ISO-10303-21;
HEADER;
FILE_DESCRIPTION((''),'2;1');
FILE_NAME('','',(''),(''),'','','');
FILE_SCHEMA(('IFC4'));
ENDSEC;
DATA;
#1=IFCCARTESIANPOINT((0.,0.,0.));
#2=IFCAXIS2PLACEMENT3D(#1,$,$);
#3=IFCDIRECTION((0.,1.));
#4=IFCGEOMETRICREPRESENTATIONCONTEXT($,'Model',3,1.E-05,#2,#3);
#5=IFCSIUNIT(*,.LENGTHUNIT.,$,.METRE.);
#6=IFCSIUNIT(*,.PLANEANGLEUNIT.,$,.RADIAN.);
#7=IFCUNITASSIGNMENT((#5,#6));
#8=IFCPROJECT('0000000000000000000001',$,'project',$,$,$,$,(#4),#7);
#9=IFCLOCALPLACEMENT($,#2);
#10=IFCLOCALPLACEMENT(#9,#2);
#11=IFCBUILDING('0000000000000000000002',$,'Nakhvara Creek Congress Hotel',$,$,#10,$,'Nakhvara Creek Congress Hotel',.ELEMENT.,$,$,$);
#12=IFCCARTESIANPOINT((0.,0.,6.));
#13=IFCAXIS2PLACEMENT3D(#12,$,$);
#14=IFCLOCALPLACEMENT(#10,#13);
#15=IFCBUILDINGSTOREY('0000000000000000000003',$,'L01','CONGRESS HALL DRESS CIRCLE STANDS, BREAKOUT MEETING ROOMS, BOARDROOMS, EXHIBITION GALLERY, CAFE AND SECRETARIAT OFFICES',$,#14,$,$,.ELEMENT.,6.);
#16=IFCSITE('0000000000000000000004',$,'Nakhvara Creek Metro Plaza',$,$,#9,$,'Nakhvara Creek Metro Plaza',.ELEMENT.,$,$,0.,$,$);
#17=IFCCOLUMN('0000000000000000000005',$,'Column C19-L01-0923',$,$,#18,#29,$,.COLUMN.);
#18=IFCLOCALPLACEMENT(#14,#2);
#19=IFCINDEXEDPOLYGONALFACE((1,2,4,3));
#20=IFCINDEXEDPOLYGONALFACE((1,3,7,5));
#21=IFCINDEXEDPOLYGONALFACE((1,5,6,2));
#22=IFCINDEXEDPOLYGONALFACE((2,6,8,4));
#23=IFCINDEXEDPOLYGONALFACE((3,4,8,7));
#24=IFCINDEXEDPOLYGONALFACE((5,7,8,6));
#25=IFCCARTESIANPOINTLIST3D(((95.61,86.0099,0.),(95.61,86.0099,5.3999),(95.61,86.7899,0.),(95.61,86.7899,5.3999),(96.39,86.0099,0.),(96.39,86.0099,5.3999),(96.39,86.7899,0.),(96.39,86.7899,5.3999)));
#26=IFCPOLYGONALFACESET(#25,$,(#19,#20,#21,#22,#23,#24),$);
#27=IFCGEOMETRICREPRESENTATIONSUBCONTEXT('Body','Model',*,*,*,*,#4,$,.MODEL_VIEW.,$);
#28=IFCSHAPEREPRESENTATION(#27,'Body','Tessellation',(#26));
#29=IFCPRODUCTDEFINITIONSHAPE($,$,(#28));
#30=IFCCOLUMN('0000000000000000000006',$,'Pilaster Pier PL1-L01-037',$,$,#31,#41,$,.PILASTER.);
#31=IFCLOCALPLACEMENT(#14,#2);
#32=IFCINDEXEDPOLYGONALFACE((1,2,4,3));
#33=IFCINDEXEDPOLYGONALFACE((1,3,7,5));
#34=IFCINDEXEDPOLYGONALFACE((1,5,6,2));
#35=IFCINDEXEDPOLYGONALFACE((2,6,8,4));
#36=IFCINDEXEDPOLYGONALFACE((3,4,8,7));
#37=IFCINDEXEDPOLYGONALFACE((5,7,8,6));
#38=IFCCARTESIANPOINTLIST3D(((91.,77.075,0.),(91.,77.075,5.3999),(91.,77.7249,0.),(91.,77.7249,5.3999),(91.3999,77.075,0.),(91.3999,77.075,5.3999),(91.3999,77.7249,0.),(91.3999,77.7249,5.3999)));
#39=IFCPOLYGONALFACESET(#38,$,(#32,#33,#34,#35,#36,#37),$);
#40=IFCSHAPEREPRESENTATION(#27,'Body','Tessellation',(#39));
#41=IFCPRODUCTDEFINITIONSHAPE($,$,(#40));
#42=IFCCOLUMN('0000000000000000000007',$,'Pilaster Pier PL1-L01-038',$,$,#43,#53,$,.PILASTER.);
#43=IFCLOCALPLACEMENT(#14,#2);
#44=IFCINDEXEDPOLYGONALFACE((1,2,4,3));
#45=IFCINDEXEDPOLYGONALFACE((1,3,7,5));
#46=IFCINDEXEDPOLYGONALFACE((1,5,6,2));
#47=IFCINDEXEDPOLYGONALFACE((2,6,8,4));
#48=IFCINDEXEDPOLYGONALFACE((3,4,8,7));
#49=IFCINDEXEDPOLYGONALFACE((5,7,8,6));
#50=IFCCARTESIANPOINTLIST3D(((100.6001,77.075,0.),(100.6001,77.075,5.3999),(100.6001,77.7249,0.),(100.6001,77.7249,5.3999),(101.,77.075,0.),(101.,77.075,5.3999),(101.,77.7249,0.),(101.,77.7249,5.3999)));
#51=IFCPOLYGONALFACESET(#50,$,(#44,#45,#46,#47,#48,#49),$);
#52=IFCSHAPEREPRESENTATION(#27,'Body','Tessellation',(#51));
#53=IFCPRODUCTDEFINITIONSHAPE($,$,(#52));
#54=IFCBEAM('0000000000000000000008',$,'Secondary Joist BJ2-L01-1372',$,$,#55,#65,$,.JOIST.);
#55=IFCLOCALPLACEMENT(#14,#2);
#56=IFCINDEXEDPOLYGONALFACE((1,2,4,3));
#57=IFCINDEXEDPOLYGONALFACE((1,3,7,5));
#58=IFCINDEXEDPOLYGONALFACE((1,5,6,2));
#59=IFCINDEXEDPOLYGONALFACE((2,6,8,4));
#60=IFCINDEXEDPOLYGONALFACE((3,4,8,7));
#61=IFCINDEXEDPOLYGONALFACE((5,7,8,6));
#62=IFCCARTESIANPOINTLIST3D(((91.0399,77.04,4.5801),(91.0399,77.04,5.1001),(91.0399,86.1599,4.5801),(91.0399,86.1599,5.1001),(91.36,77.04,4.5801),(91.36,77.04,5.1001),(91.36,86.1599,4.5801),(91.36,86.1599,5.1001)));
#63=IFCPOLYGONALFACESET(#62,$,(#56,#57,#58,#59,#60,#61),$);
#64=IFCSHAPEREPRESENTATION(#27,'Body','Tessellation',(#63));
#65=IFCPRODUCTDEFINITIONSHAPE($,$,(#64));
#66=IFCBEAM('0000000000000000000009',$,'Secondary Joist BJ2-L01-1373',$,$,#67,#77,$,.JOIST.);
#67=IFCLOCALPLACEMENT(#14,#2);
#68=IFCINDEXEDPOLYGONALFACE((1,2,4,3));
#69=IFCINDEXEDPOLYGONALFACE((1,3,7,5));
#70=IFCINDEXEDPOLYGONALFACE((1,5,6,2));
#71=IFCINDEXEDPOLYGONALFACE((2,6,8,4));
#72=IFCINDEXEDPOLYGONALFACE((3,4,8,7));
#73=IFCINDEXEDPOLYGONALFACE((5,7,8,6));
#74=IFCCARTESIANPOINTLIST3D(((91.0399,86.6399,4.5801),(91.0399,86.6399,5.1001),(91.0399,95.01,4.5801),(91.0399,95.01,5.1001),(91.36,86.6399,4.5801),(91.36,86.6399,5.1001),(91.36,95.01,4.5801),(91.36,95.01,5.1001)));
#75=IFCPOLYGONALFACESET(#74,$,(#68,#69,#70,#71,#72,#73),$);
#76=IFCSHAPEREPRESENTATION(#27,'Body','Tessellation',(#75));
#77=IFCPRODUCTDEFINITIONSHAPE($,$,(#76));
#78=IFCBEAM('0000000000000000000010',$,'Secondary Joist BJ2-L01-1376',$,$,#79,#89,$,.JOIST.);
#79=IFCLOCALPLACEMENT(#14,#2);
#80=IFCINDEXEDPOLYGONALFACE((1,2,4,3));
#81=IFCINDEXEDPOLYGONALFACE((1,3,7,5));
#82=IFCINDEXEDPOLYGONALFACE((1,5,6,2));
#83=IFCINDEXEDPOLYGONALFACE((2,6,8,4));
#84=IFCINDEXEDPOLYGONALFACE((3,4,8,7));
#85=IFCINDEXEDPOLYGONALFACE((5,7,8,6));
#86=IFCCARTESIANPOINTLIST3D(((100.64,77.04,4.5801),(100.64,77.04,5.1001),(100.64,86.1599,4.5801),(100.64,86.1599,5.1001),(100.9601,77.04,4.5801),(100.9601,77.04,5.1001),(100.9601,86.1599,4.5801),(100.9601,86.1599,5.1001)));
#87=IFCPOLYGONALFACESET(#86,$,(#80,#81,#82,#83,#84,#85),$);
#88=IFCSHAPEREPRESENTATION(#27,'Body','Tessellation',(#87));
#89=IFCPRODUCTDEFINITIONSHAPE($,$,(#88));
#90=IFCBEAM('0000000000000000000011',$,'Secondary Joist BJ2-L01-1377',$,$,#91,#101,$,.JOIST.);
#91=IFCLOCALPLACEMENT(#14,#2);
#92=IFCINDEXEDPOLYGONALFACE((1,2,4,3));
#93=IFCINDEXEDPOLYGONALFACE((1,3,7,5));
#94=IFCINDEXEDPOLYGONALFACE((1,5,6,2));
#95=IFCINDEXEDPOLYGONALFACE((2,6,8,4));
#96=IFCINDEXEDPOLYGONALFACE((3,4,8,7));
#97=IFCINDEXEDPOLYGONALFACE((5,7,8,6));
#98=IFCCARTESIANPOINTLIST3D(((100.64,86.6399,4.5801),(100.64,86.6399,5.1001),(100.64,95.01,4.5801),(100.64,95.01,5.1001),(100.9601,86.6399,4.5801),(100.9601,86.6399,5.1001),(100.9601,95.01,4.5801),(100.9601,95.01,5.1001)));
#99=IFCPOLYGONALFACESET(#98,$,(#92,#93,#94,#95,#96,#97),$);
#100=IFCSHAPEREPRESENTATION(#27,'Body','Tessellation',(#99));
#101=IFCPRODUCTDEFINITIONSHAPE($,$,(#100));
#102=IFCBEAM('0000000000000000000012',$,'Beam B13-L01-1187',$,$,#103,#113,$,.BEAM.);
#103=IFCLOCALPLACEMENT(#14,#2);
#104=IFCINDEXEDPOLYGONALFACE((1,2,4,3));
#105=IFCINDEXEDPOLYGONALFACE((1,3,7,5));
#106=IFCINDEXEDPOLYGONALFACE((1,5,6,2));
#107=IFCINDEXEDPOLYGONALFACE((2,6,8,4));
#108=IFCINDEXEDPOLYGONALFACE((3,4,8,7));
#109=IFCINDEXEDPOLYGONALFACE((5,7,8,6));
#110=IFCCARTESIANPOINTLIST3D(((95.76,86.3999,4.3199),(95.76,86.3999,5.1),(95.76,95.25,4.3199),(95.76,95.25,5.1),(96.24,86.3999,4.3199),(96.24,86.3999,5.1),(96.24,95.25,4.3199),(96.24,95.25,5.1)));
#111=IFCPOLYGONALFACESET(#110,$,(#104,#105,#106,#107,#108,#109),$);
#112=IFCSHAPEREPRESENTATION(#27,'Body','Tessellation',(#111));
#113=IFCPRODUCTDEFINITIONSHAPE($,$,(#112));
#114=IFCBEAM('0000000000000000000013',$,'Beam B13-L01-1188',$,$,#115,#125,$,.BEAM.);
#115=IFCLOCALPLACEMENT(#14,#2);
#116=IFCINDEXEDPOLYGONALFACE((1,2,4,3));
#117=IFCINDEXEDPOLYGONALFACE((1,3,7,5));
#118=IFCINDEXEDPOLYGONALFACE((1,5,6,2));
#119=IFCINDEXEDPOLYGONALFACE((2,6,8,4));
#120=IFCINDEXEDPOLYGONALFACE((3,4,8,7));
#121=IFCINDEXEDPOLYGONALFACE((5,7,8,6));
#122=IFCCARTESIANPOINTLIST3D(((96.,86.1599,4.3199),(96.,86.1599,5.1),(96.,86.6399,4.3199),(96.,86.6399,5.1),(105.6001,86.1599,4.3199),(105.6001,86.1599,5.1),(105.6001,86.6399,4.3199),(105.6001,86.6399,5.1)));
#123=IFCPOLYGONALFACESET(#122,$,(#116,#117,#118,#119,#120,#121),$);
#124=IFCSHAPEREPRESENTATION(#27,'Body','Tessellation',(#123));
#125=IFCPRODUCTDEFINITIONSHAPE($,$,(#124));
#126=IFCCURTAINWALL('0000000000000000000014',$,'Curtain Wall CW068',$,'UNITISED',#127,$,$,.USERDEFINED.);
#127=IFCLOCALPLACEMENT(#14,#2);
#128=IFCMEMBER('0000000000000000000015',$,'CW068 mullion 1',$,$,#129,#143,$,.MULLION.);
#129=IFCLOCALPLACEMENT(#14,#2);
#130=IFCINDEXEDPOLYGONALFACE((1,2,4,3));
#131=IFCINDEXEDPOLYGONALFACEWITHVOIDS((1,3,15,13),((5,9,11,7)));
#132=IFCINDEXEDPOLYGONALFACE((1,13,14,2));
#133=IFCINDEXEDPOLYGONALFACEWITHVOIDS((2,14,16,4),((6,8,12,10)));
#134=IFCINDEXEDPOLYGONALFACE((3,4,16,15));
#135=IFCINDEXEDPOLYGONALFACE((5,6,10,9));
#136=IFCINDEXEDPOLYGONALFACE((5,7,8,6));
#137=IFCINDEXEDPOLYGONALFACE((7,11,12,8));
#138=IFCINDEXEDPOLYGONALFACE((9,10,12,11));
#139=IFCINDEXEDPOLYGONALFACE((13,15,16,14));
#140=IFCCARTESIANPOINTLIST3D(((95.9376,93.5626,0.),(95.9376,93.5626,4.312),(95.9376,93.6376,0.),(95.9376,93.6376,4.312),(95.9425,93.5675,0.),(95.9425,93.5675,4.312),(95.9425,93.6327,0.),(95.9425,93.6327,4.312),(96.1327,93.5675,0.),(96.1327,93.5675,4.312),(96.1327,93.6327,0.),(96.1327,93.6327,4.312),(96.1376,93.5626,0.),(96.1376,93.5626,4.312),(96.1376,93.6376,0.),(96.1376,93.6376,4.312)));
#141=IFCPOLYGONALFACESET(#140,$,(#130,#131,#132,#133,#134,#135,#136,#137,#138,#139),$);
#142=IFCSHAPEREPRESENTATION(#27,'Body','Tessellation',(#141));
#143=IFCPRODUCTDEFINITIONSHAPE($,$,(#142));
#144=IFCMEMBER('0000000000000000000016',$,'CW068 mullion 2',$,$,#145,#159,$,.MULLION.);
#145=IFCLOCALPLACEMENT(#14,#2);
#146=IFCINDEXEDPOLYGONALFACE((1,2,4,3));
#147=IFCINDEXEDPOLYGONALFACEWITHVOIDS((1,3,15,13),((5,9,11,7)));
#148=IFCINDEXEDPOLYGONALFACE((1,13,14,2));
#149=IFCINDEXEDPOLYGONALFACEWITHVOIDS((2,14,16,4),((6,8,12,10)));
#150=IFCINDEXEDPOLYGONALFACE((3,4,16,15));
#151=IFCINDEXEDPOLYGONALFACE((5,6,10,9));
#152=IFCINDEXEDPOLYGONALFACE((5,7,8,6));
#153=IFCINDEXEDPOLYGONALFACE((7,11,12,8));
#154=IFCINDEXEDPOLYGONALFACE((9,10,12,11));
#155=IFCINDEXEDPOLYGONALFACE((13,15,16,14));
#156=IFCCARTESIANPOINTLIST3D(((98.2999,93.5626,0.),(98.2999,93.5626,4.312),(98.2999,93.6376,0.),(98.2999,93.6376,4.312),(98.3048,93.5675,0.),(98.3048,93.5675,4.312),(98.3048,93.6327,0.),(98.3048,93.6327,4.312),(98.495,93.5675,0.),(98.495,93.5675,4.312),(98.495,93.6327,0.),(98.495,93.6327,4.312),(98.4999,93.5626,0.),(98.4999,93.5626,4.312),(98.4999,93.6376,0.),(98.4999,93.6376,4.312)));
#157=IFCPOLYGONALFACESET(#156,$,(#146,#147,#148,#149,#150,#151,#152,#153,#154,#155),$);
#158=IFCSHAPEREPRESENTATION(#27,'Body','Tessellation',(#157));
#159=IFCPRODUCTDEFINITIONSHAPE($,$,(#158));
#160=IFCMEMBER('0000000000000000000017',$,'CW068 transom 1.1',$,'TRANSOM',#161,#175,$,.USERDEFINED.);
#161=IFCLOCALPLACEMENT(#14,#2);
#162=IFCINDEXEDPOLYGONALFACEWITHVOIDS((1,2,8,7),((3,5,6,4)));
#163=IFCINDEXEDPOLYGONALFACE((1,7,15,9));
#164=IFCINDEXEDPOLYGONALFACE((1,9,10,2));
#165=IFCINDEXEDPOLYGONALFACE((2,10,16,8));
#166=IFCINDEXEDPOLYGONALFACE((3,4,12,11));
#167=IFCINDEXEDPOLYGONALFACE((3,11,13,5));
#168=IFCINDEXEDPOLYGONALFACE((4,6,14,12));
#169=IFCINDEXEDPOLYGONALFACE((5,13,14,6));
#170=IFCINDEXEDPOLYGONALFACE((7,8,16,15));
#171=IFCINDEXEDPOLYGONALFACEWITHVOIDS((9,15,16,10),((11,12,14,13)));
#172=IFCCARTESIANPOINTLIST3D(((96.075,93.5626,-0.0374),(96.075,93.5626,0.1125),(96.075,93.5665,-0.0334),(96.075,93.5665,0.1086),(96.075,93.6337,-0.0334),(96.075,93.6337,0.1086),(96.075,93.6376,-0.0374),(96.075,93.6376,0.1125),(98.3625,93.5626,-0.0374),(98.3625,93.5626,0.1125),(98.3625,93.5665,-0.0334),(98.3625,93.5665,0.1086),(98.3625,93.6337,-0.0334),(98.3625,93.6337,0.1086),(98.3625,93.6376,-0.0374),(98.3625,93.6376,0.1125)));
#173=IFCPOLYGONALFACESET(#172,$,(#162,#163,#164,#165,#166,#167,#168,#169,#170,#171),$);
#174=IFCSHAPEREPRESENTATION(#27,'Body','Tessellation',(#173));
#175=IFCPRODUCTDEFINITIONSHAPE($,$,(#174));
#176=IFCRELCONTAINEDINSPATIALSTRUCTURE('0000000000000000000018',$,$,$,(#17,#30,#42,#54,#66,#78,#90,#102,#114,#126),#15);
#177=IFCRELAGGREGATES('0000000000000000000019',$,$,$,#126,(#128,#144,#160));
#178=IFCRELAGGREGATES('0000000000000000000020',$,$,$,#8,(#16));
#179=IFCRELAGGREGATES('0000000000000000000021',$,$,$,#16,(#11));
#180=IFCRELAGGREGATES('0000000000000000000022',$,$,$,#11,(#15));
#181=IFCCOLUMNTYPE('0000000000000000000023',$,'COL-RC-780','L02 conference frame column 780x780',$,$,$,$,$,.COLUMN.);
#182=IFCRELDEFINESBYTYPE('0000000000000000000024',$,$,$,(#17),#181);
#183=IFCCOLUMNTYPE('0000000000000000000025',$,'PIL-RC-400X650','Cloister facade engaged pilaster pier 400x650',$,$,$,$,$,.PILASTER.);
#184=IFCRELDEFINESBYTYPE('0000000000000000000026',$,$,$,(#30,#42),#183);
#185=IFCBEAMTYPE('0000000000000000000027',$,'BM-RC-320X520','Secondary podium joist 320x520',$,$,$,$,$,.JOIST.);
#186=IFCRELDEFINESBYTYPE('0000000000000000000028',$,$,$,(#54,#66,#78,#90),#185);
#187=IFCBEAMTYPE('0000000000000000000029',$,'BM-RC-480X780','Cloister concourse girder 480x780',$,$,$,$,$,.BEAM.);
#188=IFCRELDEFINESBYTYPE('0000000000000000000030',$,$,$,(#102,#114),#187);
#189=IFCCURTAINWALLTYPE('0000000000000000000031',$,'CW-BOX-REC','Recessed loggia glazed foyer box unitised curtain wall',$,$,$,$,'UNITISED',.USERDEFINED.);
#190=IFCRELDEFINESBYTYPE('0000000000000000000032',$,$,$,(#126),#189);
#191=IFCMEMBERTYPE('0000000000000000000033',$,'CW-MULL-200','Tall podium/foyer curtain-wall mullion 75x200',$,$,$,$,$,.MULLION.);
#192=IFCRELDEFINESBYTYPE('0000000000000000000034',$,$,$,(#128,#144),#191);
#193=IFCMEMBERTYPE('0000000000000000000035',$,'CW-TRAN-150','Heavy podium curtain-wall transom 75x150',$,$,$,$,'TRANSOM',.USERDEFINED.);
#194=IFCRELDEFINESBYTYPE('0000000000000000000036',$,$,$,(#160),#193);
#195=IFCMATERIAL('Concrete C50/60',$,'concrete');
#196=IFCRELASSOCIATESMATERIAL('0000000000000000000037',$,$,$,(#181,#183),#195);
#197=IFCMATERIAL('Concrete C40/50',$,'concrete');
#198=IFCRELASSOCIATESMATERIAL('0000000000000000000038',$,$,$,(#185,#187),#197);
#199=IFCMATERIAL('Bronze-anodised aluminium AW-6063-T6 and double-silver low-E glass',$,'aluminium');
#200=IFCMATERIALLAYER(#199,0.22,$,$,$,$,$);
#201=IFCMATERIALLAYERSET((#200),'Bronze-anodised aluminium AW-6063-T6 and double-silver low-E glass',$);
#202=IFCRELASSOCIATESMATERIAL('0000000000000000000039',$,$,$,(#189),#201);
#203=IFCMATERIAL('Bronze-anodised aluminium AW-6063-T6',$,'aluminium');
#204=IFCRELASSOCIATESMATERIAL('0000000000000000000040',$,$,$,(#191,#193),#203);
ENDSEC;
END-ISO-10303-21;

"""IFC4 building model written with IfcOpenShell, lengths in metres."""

from ifc_helpers import new_model, si_unit, direction, frame, origin, origin_2d, place, context, subcontext, project, spatial, rectangle, hollow_rectangle, extrude, material, layer, layer_set, material_profile, profile_set, type_object, element, aggregate, save


model = new_model("IFC4")

# Units and contexts
model_context = context("Model", 3, precision=1e-05, world=origin(), true_north=direction((0.0, 1.0)))
body_context = subcontext(model_context, "Body", "Model", "MODEL_VIEW")
ifc_project = project(units=[si_unit("LENGTHUNIT", "METRE"), si_unit("PLANEANGLEUNIT", "RADIAN")], contexts=[model_context])

# Site, building, storey
site_placement = place(None, origin())
site = spatial("IfcSite", under=ifc_project, at=site_placement, Name="Nakhvara Creek Metro Plaza", LongName="Nakhvara Creek Metro Plaza", CompositionType="ELEMENT", RefElevation=0.0)
building_placement = place(site_placement, origin())
building = spatial("IfcBuilding", under=site, at=building_placement, Name="Nakhvara Creek Congress Hotel", LongName="Nakhvara Creek Congress Hotel", CompositionType="ELEMENT")
storey_placement = place(building_placement, frame((0.0, 0.0, 6.0)))
storey = spatial("IfcBuildingStorey", under=building, at=storey_placement, Name="L01", Description="CONGRESS HALL DRESS CIRCLE STANDS, BREAKOUT MEETING ROOMS, BOARDROOMS, EXHIBITION GALLERY, CAFE AND SECRETARIAT OFFICES", CompositionType="ELEMENT", Elevation=6.0)

# Columns
ifc_material_1 = material(Name="Concrete C50/60", Category="concrete")
ifc_material_profile_1 = material_profile(ifc_material_1, rectangle(XDim=0.78, YDim=0.78, at=origin_2d()), Name="RC-COL 780x780", Category="LoadBearing")
ifc_profile_set_1 = profile_set([ifc_material_profile_1], Name="Concrete C50/60")
column_type_1 = type_object("IfcColumnType", Name="COL-RC-780", Description="L02 conference frame column 780x780", PredefinedType="COLUMN", material=ifc_profile_set_1)
column_placement = place(storey_placement, frame((96.0, 86.3999, 0.0), z_axis=(0.0, 0.0, 1.0), x_axis=(1.0, 0.0, 0.0)))
element("IfcColumn", 1, at=column_placement, inside=storey, type_object=column_type_1, Name="Column C19-L01-0923", PredefinedType="COLUMN", context=body_context, shape_type="SweptSolid", body=[
    extrude(rectangle(XDim=0.78, YDim=0.78, at=origin_2d()), origin(), (0.0, 0.0, 1.0), 5.3999),
])
ifc_material_profile_2 = material_profile(ifc_material_1, rectangle(XDim=0.3999, YDim=0.6499, at=origin_2d()), Name="RC-PIL 400x650", Category="LoadBearing")
ifc_profile_set_2 = profile_set([ifc_material_profile_2], Name="Concrete C50/60")
column_type_2 = type_object("IfcColumnType", Name="PIL-RC-400X650", Description="Cloister facade engaged pilaster pier 400x650", PredefinedType="PILASTER", material=ifc_profile_set_2)
for number, where, z_axis, x_axis, name in (
    (2, (91.2, 77.3999, 0.0), (0.0, 0.0, 1.0), (1.0, 0.0, 0.0), "Pilaster Pier PL1-L01-037"),
    (3, (100.8, 77.3999, 0.0), (0.0, 0.0, 1.0), (1.0, 0.0, 0.0), "Pilaster Pier PL1-L01-038"),
):
    element("IfcColumn", number, at=place(storey_placement, frame(where, z_axis=z_axis, x_axis=x_axis)), inside=storey, type_object=column_type_2, Name=name, PredefinedType="PILASTER", context=body_context, shape_type="SweptSolid", body=[
        extrude(rectangle(XDim=0.3999, YDim=0.6499, at=origin_2d()), origin(), (0.0, 0.0, 1.0), 5.3999),
    ])

# Beams
ifc_material_2 = material(Name="Concrete C40/50", Category="concrete")
ifc_material_profile_3 = material_profile(ifc_material_2, rectangle(XDim=0.3201, YDim=0.52, at=origin_2d()), Name="RC-BM 320x520", Category="LoadBearing")
ifc_profile_set_3 = profile_set([ifc_material_profile_3], Name="Concrete C40/50")
beam_type_1 = type_object("IfcBeamType", Name="BM-RC-320X520", Description="Secondary podium joist 320x520", PredefinedType="JOIST", material=ifc_profile_set_3)
beam_1_placement = place(storey_placement, frame((91.2, 77.04, 4.8401), z_axis=(0.0, 1.0, 0.0), x_axis=(-1.0, 0.0, 0.0)))
element("IfcBeam", 4, at=beam_1_placement, inside=storey, type_object=beam_type_1, Name="Secondary Joist BJ2-L01-1372", PredefinedType="JOIST", context=body_context, shape_type="SweptSolid", body=[
    extrude(rectangle(XDim=0.3201, YDim=0.52, at=origin_2d()), origin(), (0.0, 0.0, 1.0), 9.1199),
])
beam_2_placement = place(storey_placement, frame((91.2, 86.6399, 4.8401), z_axis=(0.0, 1.0, 0.0), x_axis=(-1.0, 0.0, 0.0)))
element("IfcBeam", 5, at=beam_2_placement, inside=storey, type_object=beam_type_1, Name="Secondary Joist BJ2-L01-1373", PredefinedType="JOIST", context=body_context, shape_type="SweptSolid", body=[
    extrude(rectangle(XDim=0.3201, YDim=0.52, at=origin_2d()), origin(), (0.0, 0.0, 1.0), 8.3701),
])
beam_3_placement = place(storey_placement, frame((100.8, 77.04, 4.8401), z_axis=(0.0, 1.0, 0.0), x_axis=(-1.0, 0.0, 0.0)))
element("IfcBeam", 6, at=beam_3_placement, inside=storey, type_object=beam_type_1, Name="Secondary Joist BJ2-L01-1376", PredefinedType="JOIST", context=body_context, shape_type="SweptSolid", body=[
    extrude(rectangle(XDim=0.3201, YDim=0.52, at=origin_2d()), origin(), (0.0, 0.0, 1.0), 9.1199),
])
beam_4_placement = place(storey_placement, frame((100.8, 86.6399, 4.8401), z_axis=(0.0, 1.0, 0.0), x_axis=(-1.0, 0.0, 0.0)))
element("IfcBeam", 7, at=beam_4_placement, inside=storey, type_object=beam_type_1, Name="Secondary Joist BJ2-L01-1377", PredefinedType="JOIST", context=body_context, shape_type="SweptSolid", body=[
    extrude(rectangle(XDim=0.3201, YDim=0.52, at=origin_2d()), origin(), (0.0, 0.0, 1.0), 8.3701),
])
ifc_material_profile_4 = material_profile(ifc_material_2, rectangle(XDim=0.48, YDim=0.78, at=origin_2d()), Name="RC-BM 480x780", Category="LoadBearing")
ifc_profile_set_4 = profile_set([ifc_material_profile_4], Name="Concrete C40/50")
beam_type_2 = type_object("IfcBeamType", Name="BM-RC-480X780", Description="Cloister concourse girder 480x780", PredefinedType="BEAM", material=ifc_profile_set_4)
beam_5_placement = place(storey_placement, frame((96.0, 86.3999, 4.71), z_axis=(0.0, 1.0, 0.0), x_axis=(-1.0, 0.0, 0.0)))
element("IfcBeam", 8, at=beam_5_placement, inside=storey, type_object=beam_type_2, Name="Beam B13-L01-1187", PredefinedType="BEAM", context=body_context, shape_type="SweptSolid", body=[
    extrude(rectangle(XDim=0.48, YDim=0.78, at=origin_2d()), origin(), (0.0, 0.0, 1.0), 8.8501),
])
beam_6_placement = place(storey_placement, frame((96.0, 86.3999, 4.71), z_axis=(1.0, 0.0, 0.0), x_axis=(0.0, 1.0, 0.0)))
element("IfcBeam", 9, at=beam_6_placement, inside=storey, type_object=beam_type_2, Name="Beam B13-L01-1188", PredefinedType="BEAM", context=body_context, shape_type="SweptSolid", body=[
    extrude(rectangle(XDim=0.48, YDim=0.78, at=origin_2d()), origin(), (0.0, 0.0, 1.0), 9.6001),
])

# Curtain wall, members
ifc_material_3 = material(Name="Bronze-anodised aluminium AW-6063-T6 and double-silver low-E glass", Category="aluminium")
ifc_layer_1 = layer(ifc_material_3, 0.22)
ifc_layer_set_1 = layer_set([ifc_layer_1], Name="Bronze-anodised aluminium AW-6063-T6 and double-silver low-E glass")
curtain_wall_type = type_object("IfcCurtainWallType", Name="CW-BOX-REC", Description="Recessed loggia glazed foyer box unitised curtain wall", ElementType="UNITISED", PredefinedType="USERDEFINED", material=ifc_layer_set_1)
curtain_wall_placement = place(storey_placement, origin())
curtain_wall = element("IfcCurtainWall", 10, at=curtain_wall_placement, inside=storey, type_object=curtain_wall_type, Name="Curtain Wall CW068", ObjectType="UNITISED", PredefinedType="USERDEFINED")
ifc_material_4 = material(Name="Bronze-anodised aluminium AW-6063-T6", Category="aluminium")
ifc_material_profile_5 = material_profile(ifc_material_4, hollow_rectangle(XDim=0.075, YDim=0.2, WallThickness=0.0049, at=origin_2d()), Name="ALU-MULL 75x200x5", Category="LoadBearing")
ifc_profile_set_5 = profile_set([ifc_material_profile_5], Name="Bronze-anodised aluminium AW-6063-T6")
member_type_1 = type_object("IfcMemberType", Name="CW-MULL-200", Description="Tall podium/foyer curtain-wall mullion 75x200", PredefinedType="MULLION", material=ifc_profile_set_5)
member_1_placement = place(storey_placement, frame((96.0376, 93.6001, 0.0), z_axis=(0.0, 0.0, 1.0), x_axis=(0.0, 1.0, 0.0)))
member_1 = element("IfcMember", 11, at=member_1_placement, type_object=member_type_1, Name="CW068 mullion 1", PredefinedType="MULLION", context=body_context, shape_type="SweptSolid", body=[
    extrude(hollow_rectangle(XDim=0.075, YDim=0.2, WallThickness=0.0049, at=origin_2d()), origin(), (0.0, 0.0, 1.0), 4.312),
])
member_2_placement = place(storey_placement, frame((98.3999, 93.6001, 0.0), z_axis=(0.0, 0.0, 1.0), x_axis=(0.0, 1.0, 0.0)))
member_2 = element("IfcMember", 12, at=member_2_placement, type_object=member_type_1, Name="CW068 mullion 2", PredefinedType="MULLION", context=body_context, shape_type="SweptSolid", body=[
    extrude(hollow_rectangle(XDim=0.075, YDim=0.2, WallThickness=0.0049, at=origin_2d()), origin(), (0.0, 0.0, 1.0), 4.312),
])
ifc_material_profile_6 = material_profile(ifc_material_4, hollow_rectangle(XDim=0.075, YDim=0.1499, WallThickness=0.0039, at=origin_2d()), Name="ALU-TRAN 75x150x4", Category="LoadBearing")
ifc_profile_set_6 = profile_set([ifc_material_profile_6], Name="Bronze-anodised aluminium AW-6063-T6")
member_type_2 = type_object("IfcMemberType", Name="CW-TRAN-150", Description="Heavy podium curtain-wall transom 75x150", ElementType="TRANSOM", PredefinedType="USERDEFINED", material=ifc_profile_set_6)
member_3_placement = place(storey_placement, frame((96.075, 93.6001, 0.0376), z_axis=(1.0, 0.0, 0.0), x_axis=(0.0, 1.0, 0.0)))
member_3 = element("IfcMember", 13, at=member_3_placement, type_object=member_type_2, Name="CW068 transom 1.1", ObjectType="TRANSOM", PredefinedType="USERDEFINED", context=body_context, shape_type="SweptSolid", body=[
    extrude(hollow_rectangle(XDim=0.075, YDim=0.1499, WallThickness=0.0039, at=origin_2d()), origin(), (0.0, 0.0, 1.0), 2.2876),
])
aggregate(curtain_wall, [member_1, member_2, member_3])

save(model, "model.ifc")
